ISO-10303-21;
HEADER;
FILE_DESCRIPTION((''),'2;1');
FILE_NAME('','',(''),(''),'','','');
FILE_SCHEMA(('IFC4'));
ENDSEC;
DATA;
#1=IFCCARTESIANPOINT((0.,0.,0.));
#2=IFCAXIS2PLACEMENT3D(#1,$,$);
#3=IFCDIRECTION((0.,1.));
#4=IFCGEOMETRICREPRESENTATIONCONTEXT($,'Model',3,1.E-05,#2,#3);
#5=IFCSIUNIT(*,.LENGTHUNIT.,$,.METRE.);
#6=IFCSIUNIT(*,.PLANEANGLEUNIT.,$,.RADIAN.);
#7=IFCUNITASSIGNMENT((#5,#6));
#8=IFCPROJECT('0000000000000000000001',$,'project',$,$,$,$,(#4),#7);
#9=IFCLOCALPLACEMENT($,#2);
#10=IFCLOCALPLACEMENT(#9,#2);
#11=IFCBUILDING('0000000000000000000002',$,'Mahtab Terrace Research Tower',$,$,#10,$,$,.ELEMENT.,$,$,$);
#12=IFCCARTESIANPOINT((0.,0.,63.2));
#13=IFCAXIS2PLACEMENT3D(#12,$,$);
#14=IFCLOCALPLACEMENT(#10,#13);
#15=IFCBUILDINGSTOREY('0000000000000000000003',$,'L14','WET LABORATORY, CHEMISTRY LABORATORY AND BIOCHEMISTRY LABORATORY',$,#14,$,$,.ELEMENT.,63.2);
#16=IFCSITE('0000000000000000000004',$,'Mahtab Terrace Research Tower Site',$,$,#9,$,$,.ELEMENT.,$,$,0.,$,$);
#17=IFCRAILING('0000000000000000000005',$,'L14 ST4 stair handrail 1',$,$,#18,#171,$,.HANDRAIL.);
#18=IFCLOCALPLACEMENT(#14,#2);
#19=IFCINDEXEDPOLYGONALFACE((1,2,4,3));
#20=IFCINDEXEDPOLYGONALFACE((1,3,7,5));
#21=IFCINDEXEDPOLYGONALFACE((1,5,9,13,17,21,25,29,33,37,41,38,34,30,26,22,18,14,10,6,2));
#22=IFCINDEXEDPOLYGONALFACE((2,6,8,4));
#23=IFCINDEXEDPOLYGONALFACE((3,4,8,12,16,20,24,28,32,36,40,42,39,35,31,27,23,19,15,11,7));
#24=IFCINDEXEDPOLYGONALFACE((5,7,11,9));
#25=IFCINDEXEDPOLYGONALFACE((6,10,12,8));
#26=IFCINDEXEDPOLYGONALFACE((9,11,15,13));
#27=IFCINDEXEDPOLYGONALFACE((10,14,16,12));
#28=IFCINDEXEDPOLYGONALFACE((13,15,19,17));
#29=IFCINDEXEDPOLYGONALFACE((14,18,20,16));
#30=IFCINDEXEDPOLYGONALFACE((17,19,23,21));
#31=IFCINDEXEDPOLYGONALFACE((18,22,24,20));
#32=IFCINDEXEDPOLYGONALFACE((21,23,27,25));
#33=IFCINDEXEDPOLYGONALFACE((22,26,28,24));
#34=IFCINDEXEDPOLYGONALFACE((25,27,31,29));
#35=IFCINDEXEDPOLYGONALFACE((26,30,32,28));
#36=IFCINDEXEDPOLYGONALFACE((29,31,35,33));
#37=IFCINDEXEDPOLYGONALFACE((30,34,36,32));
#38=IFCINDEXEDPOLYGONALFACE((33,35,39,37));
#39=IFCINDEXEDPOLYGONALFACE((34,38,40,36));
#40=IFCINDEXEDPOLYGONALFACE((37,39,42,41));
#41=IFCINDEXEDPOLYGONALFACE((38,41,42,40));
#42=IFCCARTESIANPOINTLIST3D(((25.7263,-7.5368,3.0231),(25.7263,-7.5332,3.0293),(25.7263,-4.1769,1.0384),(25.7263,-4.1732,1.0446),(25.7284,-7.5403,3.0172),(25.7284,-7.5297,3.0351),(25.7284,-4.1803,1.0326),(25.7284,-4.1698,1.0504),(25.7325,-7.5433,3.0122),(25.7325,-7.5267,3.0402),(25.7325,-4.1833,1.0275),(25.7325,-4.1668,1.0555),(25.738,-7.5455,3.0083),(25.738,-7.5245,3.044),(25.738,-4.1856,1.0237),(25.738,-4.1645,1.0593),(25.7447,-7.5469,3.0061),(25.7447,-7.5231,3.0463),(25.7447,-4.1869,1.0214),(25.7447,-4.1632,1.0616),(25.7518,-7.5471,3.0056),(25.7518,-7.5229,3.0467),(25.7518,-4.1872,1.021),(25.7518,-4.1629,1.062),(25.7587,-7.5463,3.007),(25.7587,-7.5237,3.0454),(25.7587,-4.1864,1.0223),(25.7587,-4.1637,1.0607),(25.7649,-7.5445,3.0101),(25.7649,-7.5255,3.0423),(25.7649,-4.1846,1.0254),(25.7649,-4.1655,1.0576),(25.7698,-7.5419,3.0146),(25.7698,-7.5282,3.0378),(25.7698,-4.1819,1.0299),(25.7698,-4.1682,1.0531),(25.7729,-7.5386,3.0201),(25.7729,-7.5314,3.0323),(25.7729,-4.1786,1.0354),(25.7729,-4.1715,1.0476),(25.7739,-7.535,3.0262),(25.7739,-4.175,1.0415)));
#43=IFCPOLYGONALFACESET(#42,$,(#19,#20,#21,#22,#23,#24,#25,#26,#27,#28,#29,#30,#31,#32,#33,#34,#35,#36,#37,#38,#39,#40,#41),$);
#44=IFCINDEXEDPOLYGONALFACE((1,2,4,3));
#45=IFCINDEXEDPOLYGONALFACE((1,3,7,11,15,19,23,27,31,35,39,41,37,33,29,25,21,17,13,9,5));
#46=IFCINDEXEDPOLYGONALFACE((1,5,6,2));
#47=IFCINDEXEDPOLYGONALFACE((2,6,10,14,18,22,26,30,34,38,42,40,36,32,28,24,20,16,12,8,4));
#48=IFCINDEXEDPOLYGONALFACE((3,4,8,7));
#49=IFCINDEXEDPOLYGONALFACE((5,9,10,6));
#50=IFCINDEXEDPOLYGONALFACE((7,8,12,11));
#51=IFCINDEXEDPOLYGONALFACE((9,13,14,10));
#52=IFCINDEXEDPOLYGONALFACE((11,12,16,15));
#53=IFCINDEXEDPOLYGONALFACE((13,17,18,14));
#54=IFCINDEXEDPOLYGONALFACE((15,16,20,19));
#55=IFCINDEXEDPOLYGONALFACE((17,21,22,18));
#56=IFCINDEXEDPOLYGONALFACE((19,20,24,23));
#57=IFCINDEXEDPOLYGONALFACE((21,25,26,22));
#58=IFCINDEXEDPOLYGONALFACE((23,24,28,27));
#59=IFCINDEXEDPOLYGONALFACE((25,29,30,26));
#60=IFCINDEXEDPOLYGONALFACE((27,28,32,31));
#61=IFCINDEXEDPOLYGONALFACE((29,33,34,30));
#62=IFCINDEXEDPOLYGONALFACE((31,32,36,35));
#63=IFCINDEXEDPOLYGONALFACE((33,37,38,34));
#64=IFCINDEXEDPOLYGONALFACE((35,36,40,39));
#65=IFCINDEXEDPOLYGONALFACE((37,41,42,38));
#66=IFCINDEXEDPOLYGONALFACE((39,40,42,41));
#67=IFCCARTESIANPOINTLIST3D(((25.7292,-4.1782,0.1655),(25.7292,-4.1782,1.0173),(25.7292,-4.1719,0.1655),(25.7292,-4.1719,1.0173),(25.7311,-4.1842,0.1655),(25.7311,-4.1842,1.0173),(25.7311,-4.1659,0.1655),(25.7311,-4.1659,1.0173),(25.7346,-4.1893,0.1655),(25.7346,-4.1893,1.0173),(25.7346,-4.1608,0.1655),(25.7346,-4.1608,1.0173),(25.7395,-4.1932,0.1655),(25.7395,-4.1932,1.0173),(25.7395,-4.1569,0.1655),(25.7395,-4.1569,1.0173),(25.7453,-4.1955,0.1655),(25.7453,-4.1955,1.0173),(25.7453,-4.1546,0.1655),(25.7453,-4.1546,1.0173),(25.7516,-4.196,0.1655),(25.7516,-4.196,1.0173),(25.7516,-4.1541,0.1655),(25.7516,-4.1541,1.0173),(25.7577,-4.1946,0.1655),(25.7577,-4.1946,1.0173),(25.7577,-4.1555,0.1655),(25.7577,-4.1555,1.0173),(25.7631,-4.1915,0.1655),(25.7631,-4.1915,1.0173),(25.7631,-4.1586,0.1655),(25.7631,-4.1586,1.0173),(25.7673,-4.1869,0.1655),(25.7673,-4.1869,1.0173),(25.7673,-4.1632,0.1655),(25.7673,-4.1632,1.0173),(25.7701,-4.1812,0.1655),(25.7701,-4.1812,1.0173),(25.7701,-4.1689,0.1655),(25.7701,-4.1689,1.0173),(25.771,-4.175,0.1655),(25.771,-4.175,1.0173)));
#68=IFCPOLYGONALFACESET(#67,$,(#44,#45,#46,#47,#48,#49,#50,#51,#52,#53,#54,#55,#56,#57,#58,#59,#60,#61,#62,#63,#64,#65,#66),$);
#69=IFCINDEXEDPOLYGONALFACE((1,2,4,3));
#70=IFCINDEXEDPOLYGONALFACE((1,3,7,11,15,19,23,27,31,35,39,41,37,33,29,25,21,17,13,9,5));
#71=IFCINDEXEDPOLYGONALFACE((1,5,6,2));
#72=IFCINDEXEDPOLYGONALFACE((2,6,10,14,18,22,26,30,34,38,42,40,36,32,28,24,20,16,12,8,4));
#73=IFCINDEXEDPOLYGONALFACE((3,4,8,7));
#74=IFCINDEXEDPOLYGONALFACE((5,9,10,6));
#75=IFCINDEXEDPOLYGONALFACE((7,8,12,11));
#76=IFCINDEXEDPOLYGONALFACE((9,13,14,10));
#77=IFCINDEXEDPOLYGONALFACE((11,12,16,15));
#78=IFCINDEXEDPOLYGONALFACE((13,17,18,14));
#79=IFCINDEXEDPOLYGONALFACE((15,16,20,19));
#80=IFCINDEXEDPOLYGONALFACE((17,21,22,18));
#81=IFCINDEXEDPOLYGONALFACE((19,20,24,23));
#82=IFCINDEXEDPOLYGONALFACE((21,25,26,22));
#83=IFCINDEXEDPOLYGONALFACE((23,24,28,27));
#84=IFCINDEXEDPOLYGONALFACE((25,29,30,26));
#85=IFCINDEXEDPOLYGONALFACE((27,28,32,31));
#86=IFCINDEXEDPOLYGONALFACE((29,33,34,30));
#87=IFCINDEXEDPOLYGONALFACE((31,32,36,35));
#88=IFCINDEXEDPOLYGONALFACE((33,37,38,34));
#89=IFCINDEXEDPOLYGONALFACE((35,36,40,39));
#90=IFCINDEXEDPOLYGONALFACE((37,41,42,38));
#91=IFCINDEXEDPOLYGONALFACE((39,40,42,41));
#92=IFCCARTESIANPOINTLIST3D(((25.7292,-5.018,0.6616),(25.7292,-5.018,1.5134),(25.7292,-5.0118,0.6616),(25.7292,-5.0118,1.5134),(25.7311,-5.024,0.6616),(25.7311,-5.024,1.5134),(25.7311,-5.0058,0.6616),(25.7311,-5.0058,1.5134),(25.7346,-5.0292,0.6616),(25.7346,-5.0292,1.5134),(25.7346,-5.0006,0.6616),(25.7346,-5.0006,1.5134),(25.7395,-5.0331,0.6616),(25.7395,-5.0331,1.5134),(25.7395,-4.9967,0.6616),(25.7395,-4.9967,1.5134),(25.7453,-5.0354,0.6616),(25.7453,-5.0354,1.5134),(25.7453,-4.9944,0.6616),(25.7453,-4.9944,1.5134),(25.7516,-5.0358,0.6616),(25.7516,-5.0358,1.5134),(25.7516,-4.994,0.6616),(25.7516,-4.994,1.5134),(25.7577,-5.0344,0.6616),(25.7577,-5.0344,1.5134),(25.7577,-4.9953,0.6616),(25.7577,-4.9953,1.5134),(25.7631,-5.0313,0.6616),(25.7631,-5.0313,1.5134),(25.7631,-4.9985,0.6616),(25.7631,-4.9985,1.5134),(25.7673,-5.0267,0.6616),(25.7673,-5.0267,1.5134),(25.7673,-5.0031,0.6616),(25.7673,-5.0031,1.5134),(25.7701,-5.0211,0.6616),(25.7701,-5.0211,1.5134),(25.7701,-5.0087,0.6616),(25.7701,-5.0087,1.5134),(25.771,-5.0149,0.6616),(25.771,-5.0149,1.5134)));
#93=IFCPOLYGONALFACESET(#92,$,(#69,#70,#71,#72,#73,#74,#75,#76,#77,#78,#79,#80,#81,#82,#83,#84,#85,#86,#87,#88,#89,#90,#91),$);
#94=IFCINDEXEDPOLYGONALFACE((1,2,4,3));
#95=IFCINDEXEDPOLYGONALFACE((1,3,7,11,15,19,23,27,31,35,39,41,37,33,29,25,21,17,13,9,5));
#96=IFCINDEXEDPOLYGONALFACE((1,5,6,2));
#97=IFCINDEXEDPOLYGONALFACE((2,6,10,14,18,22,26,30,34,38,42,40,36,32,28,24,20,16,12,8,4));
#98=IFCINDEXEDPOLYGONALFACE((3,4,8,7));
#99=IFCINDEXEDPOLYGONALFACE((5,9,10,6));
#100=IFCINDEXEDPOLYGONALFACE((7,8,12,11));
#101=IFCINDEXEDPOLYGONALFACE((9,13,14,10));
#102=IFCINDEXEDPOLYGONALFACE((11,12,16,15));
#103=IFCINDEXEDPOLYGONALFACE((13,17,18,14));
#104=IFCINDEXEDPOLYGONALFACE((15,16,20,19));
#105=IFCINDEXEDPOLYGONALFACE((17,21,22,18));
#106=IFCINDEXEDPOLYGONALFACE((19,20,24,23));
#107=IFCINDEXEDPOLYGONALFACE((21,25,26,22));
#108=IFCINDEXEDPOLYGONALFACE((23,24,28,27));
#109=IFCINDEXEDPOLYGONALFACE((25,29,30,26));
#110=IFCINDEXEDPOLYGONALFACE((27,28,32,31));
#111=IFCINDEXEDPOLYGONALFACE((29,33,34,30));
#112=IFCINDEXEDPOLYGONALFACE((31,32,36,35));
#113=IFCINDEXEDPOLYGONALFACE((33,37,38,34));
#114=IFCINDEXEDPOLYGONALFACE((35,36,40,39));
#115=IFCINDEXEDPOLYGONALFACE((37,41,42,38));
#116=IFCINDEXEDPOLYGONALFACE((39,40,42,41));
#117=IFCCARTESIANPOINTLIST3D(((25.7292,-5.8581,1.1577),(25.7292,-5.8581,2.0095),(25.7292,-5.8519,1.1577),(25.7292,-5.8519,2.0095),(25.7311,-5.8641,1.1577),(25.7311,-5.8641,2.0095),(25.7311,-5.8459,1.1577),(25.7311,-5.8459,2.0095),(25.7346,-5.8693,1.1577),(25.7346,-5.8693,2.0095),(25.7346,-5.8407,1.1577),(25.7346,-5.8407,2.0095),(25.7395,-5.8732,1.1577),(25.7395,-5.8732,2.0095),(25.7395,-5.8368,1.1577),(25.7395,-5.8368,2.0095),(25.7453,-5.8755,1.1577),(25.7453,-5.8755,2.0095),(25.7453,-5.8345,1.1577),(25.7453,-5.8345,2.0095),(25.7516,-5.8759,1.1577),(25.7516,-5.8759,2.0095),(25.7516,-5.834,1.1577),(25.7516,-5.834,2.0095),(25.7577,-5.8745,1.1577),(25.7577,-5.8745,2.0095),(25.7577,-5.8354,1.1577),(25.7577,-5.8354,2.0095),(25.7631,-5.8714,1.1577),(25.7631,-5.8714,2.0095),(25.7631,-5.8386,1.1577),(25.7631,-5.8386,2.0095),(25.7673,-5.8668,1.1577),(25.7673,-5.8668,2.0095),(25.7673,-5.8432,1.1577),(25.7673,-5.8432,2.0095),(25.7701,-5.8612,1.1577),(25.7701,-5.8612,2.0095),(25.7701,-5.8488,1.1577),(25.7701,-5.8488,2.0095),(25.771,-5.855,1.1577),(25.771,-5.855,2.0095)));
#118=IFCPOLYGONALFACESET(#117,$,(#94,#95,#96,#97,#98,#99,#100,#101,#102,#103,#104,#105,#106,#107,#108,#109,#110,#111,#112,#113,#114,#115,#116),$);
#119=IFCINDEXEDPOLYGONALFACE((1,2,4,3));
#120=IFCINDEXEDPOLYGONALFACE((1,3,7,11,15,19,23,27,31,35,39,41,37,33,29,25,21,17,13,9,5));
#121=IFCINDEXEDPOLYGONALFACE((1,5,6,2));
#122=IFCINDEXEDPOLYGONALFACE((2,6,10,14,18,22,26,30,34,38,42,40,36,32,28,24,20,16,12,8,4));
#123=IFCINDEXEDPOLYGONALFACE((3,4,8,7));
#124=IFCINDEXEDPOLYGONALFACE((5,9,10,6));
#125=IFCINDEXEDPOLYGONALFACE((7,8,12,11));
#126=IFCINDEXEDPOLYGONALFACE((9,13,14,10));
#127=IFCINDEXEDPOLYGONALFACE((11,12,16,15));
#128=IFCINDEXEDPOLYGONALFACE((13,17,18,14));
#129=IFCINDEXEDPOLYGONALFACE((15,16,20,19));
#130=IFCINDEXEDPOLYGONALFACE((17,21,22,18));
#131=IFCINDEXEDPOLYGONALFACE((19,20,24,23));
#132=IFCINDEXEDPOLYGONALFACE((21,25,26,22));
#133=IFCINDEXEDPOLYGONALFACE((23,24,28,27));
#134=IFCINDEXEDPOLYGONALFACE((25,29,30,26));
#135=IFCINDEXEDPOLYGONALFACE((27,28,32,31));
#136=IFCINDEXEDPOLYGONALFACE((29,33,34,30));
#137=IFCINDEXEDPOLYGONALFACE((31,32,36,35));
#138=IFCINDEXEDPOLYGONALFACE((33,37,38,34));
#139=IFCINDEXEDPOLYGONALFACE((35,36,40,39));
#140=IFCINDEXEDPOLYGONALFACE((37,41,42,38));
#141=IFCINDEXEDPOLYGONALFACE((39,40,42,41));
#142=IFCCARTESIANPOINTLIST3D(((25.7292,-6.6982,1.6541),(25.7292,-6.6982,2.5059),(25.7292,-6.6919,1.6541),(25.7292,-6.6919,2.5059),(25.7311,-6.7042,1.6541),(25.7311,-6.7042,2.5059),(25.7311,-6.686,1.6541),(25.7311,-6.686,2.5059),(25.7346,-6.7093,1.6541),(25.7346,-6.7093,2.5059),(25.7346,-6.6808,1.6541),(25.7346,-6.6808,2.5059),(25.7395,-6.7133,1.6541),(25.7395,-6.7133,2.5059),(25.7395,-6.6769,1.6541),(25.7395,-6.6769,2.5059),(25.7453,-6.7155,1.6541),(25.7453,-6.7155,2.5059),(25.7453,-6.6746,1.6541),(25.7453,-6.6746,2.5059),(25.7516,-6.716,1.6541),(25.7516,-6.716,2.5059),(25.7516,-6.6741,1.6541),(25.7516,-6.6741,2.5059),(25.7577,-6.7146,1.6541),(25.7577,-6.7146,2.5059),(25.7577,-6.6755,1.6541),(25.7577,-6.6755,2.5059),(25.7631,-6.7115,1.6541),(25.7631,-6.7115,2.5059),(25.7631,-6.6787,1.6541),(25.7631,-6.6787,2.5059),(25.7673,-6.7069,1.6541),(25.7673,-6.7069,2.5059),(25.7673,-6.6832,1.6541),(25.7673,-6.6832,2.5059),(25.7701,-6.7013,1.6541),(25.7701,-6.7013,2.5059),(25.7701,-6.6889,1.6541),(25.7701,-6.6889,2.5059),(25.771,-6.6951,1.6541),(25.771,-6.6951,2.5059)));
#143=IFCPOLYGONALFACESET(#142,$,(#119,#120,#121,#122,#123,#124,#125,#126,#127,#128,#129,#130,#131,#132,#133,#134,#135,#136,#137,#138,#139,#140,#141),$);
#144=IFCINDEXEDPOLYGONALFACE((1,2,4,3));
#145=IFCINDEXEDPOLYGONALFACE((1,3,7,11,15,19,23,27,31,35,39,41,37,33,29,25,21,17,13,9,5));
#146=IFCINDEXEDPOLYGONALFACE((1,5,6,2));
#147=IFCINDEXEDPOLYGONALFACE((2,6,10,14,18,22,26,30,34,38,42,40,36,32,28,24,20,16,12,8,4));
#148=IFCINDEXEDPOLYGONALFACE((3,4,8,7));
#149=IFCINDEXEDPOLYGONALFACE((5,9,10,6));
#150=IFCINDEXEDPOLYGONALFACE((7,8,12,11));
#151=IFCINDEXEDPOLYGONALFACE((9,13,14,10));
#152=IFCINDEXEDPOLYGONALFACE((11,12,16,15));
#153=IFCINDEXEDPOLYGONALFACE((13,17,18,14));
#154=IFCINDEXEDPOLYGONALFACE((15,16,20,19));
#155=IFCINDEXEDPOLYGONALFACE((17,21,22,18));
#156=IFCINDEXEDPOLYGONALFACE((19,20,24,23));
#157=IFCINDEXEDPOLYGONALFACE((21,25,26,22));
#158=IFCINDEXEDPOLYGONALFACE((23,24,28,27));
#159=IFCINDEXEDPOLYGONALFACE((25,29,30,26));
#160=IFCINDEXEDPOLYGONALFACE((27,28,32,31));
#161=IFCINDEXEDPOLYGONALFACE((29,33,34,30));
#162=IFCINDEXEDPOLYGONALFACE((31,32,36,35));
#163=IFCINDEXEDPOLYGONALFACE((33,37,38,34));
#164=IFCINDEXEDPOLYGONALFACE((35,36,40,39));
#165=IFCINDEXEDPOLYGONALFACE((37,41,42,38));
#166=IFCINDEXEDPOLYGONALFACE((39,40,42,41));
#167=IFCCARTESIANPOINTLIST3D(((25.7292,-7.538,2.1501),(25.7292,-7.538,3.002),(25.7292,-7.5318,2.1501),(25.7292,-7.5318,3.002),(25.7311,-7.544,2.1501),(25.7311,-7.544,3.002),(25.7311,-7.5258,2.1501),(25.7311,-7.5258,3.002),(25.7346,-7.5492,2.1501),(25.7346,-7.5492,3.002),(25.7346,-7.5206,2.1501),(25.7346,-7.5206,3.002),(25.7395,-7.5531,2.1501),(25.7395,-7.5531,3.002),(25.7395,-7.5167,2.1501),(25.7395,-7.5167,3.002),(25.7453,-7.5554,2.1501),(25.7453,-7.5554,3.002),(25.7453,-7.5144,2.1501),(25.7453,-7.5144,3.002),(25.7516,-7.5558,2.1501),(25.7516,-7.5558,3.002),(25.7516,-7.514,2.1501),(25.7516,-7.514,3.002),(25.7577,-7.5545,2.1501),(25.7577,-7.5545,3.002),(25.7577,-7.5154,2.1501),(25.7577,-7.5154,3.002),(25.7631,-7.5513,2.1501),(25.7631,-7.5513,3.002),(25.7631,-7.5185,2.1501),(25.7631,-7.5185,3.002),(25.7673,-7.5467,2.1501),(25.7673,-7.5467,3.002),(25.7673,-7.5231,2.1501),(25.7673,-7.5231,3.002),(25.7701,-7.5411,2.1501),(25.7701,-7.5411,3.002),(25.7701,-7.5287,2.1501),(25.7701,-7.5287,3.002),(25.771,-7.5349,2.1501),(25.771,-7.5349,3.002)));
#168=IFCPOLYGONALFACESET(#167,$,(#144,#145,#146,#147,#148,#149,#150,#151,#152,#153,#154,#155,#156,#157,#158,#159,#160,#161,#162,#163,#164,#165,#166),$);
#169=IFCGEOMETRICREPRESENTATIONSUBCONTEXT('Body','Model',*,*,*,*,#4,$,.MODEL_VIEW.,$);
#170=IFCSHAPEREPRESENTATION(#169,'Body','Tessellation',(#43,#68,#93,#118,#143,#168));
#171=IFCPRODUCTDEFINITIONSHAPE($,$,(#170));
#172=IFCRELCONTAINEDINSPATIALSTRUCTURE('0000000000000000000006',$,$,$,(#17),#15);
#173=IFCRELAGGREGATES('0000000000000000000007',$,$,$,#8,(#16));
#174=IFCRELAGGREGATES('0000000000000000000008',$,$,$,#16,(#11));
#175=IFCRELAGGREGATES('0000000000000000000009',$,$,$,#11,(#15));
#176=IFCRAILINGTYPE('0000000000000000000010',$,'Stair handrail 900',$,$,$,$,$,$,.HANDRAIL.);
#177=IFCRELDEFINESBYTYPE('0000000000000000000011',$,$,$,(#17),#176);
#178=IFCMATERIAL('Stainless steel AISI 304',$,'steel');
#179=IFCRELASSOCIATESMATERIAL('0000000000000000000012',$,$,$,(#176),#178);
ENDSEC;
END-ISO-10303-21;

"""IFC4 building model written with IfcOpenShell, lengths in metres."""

from ifc_helpers import new_model, si_unit, direction, frame, origin, origin_2d, place, context, subcontext, project, spatial, circle, extrude, material, type_object, element, save


model = new_model("IFC4")

# Units and contexts
model_context = context("Model", 3, precision=1e-05, world=origin(), true_north=direction((0.0, 1.0)))
body_context = subcontext(model_context, "Body", "Model", "MODEL_VIEW")
ifc_project = project(units=[si_unit("LENGTHUNIT", "METRE"), si_unit("PLANEANGLEUNIT", "RADIAN")], contexts=[model_context])

# Site, building, storey
site_placement = place(None, origin())
site = spatial("IfcSite", under=ifc_project, at=site_placement, Name="Mahtab Terrace Research Tower Site", CompositionType="ELEMENT", RefElevation=0.0)
building_placement = place(site_placement, origin())
building = spatial("IfcBuilding", under=site, at=building_placement, Name="Mahtab Terrace Research Tower", CompositionType="ELEMENT")
storey_placement = place(building_placement, frame((0.0, 0.0, 63.2)))
storey = spatial("IfcBuildingStorey", under=building, at=storey_placement, Name="L14", Description="WET LABORATORY, CHEMISTRY LABORATORY AND BIOCHEMISTRY LABORATORY", CompositionType="ELEMENT", Elevation=63.2)

# Railing
ifc_material_1 = material(Name="Stainless steel AISI 304", Category="steel")
railing_type_1 = type_object("IfcRailingType", Name="Stair handrail 900", PredefinedType="HANDRAIL", material=ifc_material_1)
railing_1_placement = place(storey_placement, frame((25.75, -4.175, 0.1655)))
element("IfcRailing", 1, at=railing_1_placement, inside=storey, type_object=railing_type_1, Name="L14 ST4 stair handrail 1", PredefinedType="HANDRAIL", context=body_context, shape_type="SweptSolid", body=[
    extrude(circle(Radius=0.0239, at=origin_2d()), frame((0.0, 0.0, 0.876), z_axis=(0.0, -0.861011, 0.508586), x_axis=(1.0, 0.0, 0.0)), (0.0, 0.0, 1.0), 3.9023),
    extrude(circle(Radius=0.021, at=origin_2d()), origin(), (0.0, 0.0, 1.0), 0.8518),
    extrude(circle(Radius=0.021, at=origin_2d()), frame((0.0, -0.8398, 0.4961)), (0.0, 0.0, 1.0), 0.8518),
    extrude(circle(Radius=0.021, at=origin_2d()), frame((0.0, -1.6799, 0.9922)), (0.0, 0.0, 1.0), 0.8518),
    extrude(circle(Radius=0.021, at=origin_2d()), frame((0.0, -2.52, 1.4885)), (0.0, 0.0, 1.0), 0.8518),
    extrude(circle(Radius=0.021, at=origin_2d()), frame((0.0, -3.3599, 1.9846)), (0.0, 0.0, 1.0), 0.8518),
])

save(model, "model.ifc")
